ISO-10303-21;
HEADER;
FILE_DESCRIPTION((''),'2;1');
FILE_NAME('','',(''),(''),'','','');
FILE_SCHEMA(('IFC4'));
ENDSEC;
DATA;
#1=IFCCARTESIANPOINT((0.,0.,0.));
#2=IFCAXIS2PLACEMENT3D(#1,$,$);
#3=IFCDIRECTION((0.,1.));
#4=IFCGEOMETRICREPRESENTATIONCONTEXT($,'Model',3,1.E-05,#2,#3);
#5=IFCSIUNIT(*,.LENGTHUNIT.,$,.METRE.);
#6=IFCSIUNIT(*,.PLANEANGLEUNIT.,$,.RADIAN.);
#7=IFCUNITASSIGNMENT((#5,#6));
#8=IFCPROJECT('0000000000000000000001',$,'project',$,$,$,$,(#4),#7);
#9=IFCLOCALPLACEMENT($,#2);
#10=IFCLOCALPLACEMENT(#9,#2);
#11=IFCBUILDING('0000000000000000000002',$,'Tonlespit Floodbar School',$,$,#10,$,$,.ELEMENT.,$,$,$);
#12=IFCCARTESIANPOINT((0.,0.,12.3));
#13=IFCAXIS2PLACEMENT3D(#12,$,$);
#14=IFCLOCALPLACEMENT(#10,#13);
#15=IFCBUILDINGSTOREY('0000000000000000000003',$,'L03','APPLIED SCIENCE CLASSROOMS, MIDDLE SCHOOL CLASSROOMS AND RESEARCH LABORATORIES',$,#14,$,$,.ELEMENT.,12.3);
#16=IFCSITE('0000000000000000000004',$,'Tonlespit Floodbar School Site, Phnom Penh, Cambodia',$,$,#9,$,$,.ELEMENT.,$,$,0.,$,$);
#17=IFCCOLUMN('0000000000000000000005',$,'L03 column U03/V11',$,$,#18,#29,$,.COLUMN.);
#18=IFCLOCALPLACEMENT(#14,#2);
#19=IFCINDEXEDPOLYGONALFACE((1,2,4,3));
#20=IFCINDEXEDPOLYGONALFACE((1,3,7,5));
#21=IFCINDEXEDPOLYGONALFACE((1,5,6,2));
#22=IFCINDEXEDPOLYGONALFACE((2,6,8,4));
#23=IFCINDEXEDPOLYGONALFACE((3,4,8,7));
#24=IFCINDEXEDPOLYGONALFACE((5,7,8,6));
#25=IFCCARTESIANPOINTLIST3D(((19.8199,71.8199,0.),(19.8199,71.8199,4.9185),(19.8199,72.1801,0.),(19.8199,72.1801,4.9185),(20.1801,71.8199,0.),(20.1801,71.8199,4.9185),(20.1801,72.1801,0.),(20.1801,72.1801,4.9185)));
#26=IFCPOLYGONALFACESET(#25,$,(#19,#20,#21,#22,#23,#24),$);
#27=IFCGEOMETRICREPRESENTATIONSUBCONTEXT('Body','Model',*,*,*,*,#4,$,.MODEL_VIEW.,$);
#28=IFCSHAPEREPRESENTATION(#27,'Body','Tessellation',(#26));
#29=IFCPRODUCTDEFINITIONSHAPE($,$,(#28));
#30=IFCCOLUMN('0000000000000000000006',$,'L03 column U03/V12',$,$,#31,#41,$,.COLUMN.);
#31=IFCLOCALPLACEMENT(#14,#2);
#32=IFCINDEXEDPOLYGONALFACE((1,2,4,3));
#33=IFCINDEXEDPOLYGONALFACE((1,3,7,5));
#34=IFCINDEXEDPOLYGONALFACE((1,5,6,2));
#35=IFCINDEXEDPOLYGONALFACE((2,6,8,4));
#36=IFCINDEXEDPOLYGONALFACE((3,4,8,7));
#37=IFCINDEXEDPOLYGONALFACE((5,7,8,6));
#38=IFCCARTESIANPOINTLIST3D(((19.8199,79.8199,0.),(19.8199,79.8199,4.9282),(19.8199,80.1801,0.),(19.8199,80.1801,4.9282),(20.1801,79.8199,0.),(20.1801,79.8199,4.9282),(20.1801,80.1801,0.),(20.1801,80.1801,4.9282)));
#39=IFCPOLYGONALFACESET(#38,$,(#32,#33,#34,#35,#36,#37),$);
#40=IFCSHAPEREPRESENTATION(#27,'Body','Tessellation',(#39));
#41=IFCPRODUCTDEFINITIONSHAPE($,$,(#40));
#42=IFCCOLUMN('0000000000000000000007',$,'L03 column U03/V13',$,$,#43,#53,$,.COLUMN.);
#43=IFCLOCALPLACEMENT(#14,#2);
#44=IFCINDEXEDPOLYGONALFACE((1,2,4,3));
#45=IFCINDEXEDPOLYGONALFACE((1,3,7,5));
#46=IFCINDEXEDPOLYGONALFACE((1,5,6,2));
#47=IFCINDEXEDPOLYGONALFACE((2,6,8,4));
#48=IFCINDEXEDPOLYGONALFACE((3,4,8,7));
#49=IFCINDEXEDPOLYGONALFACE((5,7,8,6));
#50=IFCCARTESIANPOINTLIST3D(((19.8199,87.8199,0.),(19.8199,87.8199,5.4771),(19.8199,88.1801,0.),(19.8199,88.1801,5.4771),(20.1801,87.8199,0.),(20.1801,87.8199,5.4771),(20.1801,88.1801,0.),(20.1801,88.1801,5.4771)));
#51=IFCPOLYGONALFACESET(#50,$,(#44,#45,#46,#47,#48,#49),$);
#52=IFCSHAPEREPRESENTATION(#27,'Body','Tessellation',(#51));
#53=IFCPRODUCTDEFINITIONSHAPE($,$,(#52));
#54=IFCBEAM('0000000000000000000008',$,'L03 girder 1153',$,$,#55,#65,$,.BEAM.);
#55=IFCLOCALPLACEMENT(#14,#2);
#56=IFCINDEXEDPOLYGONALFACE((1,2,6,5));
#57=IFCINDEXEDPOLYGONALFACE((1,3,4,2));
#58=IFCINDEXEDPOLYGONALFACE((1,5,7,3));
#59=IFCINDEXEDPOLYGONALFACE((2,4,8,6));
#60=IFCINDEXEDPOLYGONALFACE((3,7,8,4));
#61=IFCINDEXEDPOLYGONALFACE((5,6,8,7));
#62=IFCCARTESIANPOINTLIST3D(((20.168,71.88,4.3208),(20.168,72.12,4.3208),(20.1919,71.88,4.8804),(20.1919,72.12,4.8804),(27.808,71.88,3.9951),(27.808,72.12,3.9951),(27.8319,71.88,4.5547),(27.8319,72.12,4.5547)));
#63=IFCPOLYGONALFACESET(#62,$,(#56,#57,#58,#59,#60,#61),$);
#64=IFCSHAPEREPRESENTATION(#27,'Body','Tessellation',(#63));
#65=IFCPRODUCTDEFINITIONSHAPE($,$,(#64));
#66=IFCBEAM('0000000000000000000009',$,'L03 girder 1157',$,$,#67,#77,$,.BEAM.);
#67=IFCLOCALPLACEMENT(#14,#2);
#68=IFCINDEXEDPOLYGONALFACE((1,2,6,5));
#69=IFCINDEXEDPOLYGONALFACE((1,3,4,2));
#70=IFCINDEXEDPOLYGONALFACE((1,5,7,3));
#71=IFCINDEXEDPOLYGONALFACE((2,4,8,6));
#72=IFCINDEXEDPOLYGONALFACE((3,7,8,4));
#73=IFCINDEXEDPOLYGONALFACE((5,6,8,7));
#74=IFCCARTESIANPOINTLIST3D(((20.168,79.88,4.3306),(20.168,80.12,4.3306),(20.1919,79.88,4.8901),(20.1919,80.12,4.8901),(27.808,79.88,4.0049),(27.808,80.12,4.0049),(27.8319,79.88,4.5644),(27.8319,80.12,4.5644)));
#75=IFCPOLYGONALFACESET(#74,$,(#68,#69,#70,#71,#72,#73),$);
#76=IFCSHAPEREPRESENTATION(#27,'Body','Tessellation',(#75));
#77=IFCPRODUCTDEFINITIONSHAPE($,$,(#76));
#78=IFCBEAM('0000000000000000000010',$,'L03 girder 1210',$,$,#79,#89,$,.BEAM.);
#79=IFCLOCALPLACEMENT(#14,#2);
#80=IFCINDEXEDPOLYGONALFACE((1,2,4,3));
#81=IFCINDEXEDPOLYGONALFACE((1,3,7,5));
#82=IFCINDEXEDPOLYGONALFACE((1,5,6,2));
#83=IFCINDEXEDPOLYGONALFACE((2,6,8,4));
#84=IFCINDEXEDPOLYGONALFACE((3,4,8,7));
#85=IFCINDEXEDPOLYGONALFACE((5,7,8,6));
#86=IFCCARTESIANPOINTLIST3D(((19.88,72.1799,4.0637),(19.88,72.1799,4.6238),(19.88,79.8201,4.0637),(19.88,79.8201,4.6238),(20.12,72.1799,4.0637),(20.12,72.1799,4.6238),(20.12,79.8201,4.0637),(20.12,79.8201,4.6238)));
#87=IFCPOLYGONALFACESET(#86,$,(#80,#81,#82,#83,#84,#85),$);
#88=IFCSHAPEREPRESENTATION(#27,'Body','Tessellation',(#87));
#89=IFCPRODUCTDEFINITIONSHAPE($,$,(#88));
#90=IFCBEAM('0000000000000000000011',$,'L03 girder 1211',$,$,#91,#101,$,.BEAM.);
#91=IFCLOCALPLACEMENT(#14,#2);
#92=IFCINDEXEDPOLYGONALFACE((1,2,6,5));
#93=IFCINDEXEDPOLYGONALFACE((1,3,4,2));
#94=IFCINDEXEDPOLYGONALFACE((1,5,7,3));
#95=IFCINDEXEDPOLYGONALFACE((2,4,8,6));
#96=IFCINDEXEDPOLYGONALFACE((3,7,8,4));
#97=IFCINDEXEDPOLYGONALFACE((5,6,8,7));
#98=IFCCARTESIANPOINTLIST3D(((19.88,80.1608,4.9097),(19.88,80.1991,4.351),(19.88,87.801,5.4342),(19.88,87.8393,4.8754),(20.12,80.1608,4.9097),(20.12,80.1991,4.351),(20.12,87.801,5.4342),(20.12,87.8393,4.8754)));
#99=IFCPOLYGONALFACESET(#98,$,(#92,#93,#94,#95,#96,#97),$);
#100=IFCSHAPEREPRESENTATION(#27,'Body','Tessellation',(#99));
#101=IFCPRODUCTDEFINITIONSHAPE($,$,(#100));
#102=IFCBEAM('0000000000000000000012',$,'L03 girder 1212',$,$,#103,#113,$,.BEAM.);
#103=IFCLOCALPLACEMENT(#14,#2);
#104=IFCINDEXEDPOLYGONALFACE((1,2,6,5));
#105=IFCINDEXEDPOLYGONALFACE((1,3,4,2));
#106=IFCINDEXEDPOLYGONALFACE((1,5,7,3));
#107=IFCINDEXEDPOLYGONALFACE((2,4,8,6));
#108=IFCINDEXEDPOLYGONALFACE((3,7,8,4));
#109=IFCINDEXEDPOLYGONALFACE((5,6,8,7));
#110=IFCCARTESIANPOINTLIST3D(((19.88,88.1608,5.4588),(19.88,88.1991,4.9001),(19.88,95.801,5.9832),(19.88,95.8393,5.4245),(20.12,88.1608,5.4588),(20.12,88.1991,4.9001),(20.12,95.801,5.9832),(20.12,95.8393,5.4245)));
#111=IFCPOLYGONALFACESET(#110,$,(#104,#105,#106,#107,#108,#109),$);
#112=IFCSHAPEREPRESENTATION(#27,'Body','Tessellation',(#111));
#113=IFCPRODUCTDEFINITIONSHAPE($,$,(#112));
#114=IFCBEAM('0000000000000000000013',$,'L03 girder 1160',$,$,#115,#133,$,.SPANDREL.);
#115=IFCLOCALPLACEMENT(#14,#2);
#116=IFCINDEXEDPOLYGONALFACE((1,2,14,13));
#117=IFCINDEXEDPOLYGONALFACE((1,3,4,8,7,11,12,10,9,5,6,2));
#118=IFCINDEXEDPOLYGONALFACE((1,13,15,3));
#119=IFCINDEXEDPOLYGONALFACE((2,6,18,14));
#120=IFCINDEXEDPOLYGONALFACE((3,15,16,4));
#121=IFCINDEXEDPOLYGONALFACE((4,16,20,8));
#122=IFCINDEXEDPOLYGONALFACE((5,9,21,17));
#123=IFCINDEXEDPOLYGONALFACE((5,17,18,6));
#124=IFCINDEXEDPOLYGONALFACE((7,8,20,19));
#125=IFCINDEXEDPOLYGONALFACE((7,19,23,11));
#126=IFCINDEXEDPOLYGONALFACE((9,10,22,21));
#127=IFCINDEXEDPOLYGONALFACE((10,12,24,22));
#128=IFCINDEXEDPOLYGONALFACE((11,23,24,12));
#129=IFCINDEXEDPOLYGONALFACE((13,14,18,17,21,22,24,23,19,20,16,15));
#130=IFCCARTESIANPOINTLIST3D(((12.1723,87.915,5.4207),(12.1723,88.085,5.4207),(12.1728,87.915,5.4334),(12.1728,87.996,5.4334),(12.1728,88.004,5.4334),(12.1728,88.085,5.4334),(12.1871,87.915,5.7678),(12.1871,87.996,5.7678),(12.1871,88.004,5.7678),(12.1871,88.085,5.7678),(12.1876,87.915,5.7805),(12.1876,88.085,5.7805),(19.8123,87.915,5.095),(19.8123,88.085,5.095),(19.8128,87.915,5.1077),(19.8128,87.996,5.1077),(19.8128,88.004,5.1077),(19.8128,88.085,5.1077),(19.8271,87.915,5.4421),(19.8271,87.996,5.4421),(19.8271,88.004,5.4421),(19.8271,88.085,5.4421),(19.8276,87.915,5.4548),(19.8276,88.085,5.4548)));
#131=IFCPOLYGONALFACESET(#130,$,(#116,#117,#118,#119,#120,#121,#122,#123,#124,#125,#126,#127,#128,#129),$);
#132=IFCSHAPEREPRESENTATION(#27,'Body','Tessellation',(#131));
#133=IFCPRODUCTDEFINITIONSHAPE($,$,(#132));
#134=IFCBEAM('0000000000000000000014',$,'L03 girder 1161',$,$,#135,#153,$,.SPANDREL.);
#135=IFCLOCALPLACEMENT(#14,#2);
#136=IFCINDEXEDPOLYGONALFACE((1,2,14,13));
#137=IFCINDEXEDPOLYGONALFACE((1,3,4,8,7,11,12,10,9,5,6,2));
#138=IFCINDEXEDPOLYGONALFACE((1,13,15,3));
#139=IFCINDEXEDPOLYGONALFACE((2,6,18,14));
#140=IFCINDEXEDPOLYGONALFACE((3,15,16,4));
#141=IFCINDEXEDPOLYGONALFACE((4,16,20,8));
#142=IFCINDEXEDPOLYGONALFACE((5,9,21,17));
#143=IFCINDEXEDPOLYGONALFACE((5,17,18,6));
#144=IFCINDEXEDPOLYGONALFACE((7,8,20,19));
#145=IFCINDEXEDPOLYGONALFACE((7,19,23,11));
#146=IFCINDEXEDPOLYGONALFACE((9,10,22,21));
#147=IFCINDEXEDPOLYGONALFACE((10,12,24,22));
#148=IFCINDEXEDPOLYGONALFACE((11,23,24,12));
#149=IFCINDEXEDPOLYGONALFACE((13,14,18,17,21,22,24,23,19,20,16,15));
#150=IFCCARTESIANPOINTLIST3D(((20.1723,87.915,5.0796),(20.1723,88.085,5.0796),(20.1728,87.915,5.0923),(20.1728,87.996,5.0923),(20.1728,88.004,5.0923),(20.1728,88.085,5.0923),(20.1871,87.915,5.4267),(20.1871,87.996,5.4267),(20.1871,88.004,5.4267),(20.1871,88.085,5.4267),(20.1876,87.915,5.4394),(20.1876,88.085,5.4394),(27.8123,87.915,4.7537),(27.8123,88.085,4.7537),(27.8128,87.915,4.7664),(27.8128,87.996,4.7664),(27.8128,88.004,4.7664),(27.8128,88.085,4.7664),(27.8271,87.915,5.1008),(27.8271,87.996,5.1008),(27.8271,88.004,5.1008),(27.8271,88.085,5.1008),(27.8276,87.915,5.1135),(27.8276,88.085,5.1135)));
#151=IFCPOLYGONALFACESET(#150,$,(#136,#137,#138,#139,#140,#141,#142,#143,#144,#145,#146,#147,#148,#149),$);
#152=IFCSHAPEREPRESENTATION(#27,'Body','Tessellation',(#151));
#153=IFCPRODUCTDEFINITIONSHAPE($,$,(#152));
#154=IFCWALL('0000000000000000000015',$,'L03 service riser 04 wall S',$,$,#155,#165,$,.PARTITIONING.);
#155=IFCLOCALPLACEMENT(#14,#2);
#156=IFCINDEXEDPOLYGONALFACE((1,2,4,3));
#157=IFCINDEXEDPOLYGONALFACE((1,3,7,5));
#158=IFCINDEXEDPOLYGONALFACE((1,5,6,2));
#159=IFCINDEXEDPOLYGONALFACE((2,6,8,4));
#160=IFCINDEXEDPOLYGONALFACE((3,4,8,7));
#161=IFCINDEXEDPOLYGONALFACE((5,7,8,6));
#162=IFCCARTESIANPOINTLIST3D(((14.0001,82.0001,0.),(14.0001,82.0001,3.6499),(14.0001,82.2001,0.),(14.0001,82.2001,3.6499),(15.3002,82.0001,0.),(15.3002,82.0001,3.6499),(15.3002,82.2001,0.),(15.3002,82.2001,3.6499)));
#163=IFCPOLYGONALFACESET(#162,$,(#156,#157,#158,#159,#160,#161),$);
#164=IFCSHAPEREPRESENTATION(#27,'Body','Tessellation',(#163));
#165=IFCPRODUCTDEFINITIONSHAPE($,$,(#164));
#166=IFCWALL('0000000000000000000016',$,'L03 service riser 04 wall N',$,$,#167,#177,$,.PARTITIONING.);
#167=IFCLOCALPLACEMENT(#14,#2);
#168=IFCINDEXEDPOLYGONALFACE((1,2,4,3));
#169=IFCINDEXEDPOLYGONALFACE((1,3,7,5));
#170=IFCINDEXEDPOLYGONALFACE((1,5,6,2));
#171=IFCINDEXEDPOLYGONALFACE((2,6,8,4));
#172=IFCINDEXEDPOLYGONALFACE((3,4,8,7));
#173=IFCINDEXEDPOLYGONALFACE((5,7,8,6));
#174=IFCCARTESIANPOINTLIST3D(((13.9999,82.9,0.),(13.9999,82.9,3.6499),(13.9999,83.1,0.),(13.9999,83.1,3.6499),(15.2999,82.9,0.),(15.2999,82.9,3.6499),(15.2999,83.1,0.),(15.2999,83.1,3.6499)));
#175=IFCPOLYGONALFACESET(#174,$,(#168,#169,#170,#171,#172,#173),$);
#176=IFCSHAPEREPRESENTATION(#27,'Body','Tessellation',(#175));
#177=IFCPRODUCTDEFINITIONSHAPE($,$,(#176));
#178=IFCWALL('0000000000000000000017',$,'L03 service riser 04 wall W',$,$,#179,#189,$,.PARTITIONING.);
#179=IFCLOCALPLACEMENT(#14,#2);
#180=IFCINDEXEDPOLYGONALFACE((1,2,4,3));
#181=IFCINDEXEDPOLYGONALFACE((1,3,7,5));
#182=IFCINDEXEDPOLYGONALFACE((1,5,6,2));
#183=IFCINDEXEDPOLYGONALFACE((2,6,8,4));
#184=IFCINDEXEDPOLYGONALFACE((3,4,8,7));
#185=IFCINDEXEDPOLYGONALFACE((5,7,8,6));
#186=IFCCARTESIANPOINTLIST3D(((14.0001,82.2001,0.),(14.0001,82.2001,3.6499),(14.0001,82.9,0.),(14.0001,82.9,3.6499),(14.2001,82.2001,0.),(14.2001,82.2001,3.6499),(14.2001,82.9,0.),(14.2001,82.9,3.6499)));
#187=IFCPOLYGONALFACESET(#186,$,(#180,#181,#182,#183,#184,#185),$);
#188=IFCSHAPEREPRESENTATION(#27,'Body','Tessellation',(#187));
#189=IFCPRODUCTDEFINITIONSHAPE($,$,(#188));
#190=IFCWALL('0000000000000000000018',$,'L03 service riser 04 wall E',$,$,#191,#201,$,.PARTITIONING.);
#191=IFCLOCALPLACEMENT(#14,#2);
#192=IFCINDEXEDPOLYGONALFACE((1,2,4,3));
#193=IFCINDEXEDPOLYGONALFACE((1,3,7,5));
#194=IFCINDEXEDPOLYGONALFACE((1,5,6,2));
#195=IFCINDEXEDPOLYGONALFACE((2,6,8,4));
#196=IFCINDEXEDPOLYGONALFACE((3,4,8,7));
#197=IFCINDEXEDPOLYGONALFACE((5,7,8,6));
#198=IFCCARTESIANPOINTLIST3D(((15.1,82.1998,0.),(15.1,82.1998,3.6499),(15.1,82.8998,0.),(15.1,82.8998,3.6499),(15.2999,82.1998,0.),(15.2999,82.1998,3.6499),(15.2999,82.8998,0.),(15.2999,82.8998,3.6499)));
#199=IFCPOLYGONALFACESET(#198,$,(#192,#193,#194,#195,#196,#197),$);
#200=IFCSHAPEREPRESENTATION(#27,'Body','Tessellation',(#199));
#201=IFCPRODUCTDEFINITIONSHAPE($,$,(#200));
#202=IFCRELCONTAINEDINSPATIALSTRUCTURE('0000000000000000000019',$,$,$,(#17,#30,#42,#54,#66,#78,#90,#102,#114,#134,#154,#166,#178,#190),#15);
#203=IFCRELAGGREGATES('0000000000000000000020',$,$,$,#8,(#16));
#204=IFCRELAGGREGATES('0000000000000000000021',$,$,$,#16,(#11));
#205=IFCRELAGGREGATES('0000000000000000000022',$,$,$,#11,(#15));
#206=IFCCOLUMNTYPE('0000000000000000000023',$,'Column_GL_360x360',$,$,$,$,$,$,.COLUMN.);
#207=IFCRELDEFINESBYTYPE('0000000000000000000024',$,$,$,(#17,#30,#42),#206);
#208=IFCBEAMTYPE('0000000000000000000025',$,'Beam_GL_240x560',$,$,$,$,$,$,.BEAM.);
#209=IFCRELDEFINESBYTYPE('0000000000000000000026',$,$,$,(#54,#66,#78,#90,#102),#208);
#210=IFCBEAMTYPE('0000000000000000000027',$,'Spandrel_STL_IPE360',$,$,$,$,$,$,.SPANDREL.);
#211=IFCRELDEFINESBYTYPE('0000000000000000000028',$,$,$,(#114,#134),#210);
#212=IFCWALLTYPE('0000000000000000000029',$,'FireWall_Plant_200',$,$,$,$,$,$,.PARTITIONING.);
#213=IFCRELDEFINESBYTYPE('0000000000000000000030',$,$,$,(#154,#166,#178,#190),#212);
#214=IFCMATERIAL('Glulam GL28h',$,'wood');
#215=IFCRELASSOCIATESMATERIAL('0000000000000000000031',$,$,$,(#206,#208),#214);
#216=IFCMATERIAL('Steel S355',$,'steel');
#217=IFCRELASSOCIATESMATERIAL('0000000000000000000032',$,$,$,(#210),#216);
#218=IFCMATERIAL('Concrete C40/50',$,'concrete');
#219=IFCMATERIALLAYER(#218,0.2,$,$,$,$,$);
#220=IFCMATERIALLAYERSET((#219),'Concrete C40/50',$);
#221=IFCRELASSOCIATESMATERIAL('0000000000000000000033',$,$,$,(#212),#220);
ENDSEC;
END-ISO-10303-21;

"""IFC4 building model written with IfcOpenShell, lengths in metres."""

from ifc_helpers import new_model, si_unit, direction, frame, frame_2d, origin, origin_2d, place, context, subcontext, project, spatial, rectangle, i_section, extrude, material, layer, layer_set, material_profile, profile_set, type_object, element, save


model = new_model("IFC4")

# Units and contexts
model_context = context("Model", 3, precision=1e-05, world=origin(), true_north=direction((0.0, 1.0)))
body_context = subcontext(model_context, "Body", "Model", "MODEL_VIEW")
ifc_project = project(units=[si_unit("LENGTHUNIT", "METRE"), si_unit("PLANEANGLEUNIT", "RADIAN")], contexts=[model_context])

# Site, building, storey
site_placement = place(None, origin())
site = spatial("IfcSite", under=ifc_project, at=site_placement, Name="Tonlespit Floodbar School Site, Phnom Penh, Cambodia", CompositionType="ELEMENT", RefElevation=0.0)
building_placement = place(site_placement, origin())
building = spatial("IfcBuilding", under=site, at=building_placement, Name="Tonlespit Floodbar School", CompositionType="ELEMENT")
storey_placement = place(building_placement, frame((0.0, 0.0, 12.3)))
storey = spatial("IfcBuildingStorey", under=building, at=storey_placement, Name="L03", Description="APPLIED SCIENCE CLASSROOMS, MIDDLE SCHOOL CLASSROOMS AND RESEARCH LABORATORIES", CompositionType="ELEMENT", Elevation=12.3)

# Columns
ifc_material_1 = material(Name="Glulam GL28h", Category="wood")
ifc_material_profile_1 = material_profile(ifc_material_1, rectangle(XDim=0.3601, YDim=0.3601, at=origin_2d()), Name="GL 360x360")
ifc_profile_set_1 = profile_set([ifc_material_profile_1], Name="Glulam GL28h")
column_type = type_object("IfcColumnType", Name="Column_GL_360x360", PredefinedType="COLUMN", material=ifc_profile_set_1)
column_1_placement = place(storey_placement, frame((20.0, 72.0, 0.0), z_axis=(0.0, 0.0, 1.0), x_axis=(1.0, 0.0, 0.0)))
element("IfcColumn", 1, at=column_1_placement, inside=storey, type_object=column_type, Name="L03 column U03/V11", PredefinedType="COLUMN", context=body_context, shape_type="SweptSolid", body=[
    extrude(rectangle(XDim=0.3601, YDim=0.3601, at=origin_2d()), origin(), (0.0, 0.0, 1.0), 4.9185),
])
column_2_placement = place(storey_placement, frame((20.0, 80.0, 0.0), z_axis=(0.0, 0.0, 1.0), x_axis=(1.0, 0.0, 0.0)))
element("IfcColumn", 2, at=column_2_placement, inside=storey, type_object=column_type, Name="L03 column U03/V12", PredefinedType="COLUMN", context=body_context, shape_type="SweptSolid", body=[
    extrude(rectangle(XDim=0.3601, YDim=0.3601, at=origin_2d()), origin(), (0.0, 0.0, 1.0), 4.9282),
])
column_3_placement = place(storey_placement, frame((20.0, 88.0, 0.0), z_axis=(0.0, 0.0, 1.0), x_axis=(1.0, 0.0, 0.0)))
element("IfcColumn", 3, at=column_3_placement, inside=storey, type_object=column_type, Name="L03 column U03/V13", PredefinedType="COLUMN", context=body_context, shape_type="SweptSolid", body=[
    extrude(rectangle(XDim=0.3601, YDim=0.3601, at=origin_2d()), origin(), (0.0, 0.0, 1.0), 5.4771),
])

# Beams
ifc_material_profile_2 = material_profile(ifc_material_1, rectangle(XDim=0.24, YDim=0.5601, at=origin_2d()), Name="GL 240x560")
ifc_profile_set_2 = profile_set([ifc_material_profile_2], Name="Glulam GL28h")
beam_type_1 = type_object("IfcBeamType", Name="Beam_GL_240x560", PredefinedType="BEAM", material=ifc_profile_set_2)
for number, where, z_axis, x_axis, name in (
    (4, (20.1799, 72.0, 4.6006), (0.999093, 0.0, -0.042589), (0.0, 1.0, 0.0), "L03 girder 1153"),
    (5, (20.1799, 80.0, 4.6104), (0.999093, 0.0, -0.042589), (0.0, 1.0, 0.0), "L03 girder 1157"),
):
    element("IfcBeam", number, at=place(storey_placement, frame(where, z_axis=z_axis, x_axis=x_axis)), inside=storey, type_object=beam_type_1, Name=name, PredefinedType="BEAM", context=body_context, shape_type="SweptSolid", body=[
        extrude(rectangle(XDim=0.24, YDim=0.5601, at=origin_2d()), origin(), (0.0, 0.0, 1.0), 7.647),
    ])
beam_placement = place(storey_placement, frame((20.0, 72.1799, 4.3438), z_axis=(0.0, 1.0, 0.0), x_axis=(-1.0, 0.0, 0.0)))
element("IfcBeam", 6, at=beam_placement, inside=storey, type_object=beam_type_1, Name="L03 girder 1210", PredefinedType="BEAM", context=body_context, shape_type="SweptSolid", body=[
    extrude(rectangle(XDim=0.24, YDim=0.5601, at=origin_2d()), origin(), (0.0, 0.0, 1.0), 7.6401),
])
for number, where, z_axis, x_axis, name in (
    (7, (20.0, 80.1799, 4.6304), (0.0, 0.997653, 0.068478), (-1.0, 0.0, 0.0), "L03 girder 1211"),
    (8, (20.0, 88.1799, 5.1794), (0.0, 0.997653, 0.068478), (-1.0, 0.0, 0.0), "L03 girder 1212"),
):
    element("IfcBeam", number, at=place(storey_placement, frame(where, z_axis=z_axis, x_axis=x_axis)), inside=storey, type_object=beam_type_1, Name=name, PredefinedType="BEAM", context=body_context, shape_type="SweptSolid", body=[
        extrude(rectangle(XDim=0.24, YDim=0.5601, at=origin_2d()), origin(), (0.0, 0.0, 1.0), 7.6582),
    ])
ifc_material_2 = material(Name="Steel S355", Category="steel")
ifc_material_profile_3 = material_profile(ifc_material_2, i_section(OverallWidth=0.1699, OverallDepth=0.3601, WebThickness=0.0081, FlangeThickness=0.0127, at=origin_2d()), Name="IPE 360")
ifc_profile_set_3 = profile_set([ifc_material_profile_3], Name="Steel S355")
beam_type_2 = type_object("IfcBeamType", Name="Spandrel_STL_IPE360", PredefinedType="SPANDREL", material=ifc_profile_set_3)
for number, where, z_axis, x_axis, name in (
    (9, (12.1799, 88.0, 5.6006), (0.999093, 0.0, -0.042589), (0.0, 1.0, 0.0), "L03 girder 1160"),
    (10, (20.1799, 88.0, 5.2595), (0.999091, 0.0, -0.042621), (0.0, 1.0, 0.0), "L03 girder 1161"),
):
    element("IfcBeam", number, at=place(storey_placement, frame(where, z_axis=z_axis, x_axis=x_axis)), inside=storey, type_object=beam_type_2, Name=name, PredefinedType="SPANDREL", context=body_context, shape_type="SweptSolid", body=[
        extrude(i_section(OverallWidth=0.1699, OverallDepth=0.3601, WebThickness=0.0081, FlangeThickness=0.0127, at=origin_2d()), origin(), (0.0, 0.0, 1.0), 7.647),
    ])

# Walls
ifc_material_3 = material(Name="Concrete C40/50", Category="concrete")
ifc_layer_1 = layer(ifc_material_3, 0.2)
ifc_layer_set_1 = layer_set([ifc_layer_1], Name="Concrete C40/50")
wall_type_1 = type_object("IfcWallType", Name="FireWall_Plant_200", PredefinedType="PARTITIONING", material=ifc_layer_set_1)
for number, where, z_axis, x_axis, name in (
    (11, (15.3, 82.1001, 0.0), (0.0, 0.0, 1.0), (-1.0, 0.0, 0.0), "L03 service riser 04 wall S"),
    (12, (14.0, 83.0, 0.0), (0.0, 0.0, 1.0), (1.0, 0.0, 0.0), "L03 service riser 04 wall N"),
):
    element("IfcWall", number, at=place(storey_placement, frame(where, z_axis=z_axis, x_axis=x_axis)), inside=storey, type_object=wall_type_1, Name=name, PredefinedType="PARTITIONING", context=body_context, shape_type="SweptSolid", body=[
        extrude(rectangle(XDim=1.3, YDim=0.2, at=frame_2d((0.6499, 0.0))), origin(), (0.0, 0.0, 1.0), 3.6499),
    ])
for number, where, z_axis, x_axis, name in (
    (13, (14.1001, 82.2, 0.0), (0.0, 0.0, 1.0), (0.0, 1.0, 0.0), "L03 service riser 04 wall W"),
    (14, (15.2, 82.8999, 0.0), (0.0, 0.0, 1.0), (0.0, -1.0, 0.0), "L03 service riser 04 wall E"),
):
    element("IfcWall", number, at=place(storey_placement, frame(where, z_axis=z_axis, x_axis=x_axis)), inside=storey, type_object=wall_type_1, Name=name, PredefinedType="PARTITIONING", context=body_context, shape_type="SweptSolid", body=[
        extrude(rectangle(XDim=0.7, YDim=0.2, at=frame_2d((0.3501, 0.0))), origin(), (0.0, 0.0, 1.0), 3.6499),
    ])

save(model, "model.ifc")
